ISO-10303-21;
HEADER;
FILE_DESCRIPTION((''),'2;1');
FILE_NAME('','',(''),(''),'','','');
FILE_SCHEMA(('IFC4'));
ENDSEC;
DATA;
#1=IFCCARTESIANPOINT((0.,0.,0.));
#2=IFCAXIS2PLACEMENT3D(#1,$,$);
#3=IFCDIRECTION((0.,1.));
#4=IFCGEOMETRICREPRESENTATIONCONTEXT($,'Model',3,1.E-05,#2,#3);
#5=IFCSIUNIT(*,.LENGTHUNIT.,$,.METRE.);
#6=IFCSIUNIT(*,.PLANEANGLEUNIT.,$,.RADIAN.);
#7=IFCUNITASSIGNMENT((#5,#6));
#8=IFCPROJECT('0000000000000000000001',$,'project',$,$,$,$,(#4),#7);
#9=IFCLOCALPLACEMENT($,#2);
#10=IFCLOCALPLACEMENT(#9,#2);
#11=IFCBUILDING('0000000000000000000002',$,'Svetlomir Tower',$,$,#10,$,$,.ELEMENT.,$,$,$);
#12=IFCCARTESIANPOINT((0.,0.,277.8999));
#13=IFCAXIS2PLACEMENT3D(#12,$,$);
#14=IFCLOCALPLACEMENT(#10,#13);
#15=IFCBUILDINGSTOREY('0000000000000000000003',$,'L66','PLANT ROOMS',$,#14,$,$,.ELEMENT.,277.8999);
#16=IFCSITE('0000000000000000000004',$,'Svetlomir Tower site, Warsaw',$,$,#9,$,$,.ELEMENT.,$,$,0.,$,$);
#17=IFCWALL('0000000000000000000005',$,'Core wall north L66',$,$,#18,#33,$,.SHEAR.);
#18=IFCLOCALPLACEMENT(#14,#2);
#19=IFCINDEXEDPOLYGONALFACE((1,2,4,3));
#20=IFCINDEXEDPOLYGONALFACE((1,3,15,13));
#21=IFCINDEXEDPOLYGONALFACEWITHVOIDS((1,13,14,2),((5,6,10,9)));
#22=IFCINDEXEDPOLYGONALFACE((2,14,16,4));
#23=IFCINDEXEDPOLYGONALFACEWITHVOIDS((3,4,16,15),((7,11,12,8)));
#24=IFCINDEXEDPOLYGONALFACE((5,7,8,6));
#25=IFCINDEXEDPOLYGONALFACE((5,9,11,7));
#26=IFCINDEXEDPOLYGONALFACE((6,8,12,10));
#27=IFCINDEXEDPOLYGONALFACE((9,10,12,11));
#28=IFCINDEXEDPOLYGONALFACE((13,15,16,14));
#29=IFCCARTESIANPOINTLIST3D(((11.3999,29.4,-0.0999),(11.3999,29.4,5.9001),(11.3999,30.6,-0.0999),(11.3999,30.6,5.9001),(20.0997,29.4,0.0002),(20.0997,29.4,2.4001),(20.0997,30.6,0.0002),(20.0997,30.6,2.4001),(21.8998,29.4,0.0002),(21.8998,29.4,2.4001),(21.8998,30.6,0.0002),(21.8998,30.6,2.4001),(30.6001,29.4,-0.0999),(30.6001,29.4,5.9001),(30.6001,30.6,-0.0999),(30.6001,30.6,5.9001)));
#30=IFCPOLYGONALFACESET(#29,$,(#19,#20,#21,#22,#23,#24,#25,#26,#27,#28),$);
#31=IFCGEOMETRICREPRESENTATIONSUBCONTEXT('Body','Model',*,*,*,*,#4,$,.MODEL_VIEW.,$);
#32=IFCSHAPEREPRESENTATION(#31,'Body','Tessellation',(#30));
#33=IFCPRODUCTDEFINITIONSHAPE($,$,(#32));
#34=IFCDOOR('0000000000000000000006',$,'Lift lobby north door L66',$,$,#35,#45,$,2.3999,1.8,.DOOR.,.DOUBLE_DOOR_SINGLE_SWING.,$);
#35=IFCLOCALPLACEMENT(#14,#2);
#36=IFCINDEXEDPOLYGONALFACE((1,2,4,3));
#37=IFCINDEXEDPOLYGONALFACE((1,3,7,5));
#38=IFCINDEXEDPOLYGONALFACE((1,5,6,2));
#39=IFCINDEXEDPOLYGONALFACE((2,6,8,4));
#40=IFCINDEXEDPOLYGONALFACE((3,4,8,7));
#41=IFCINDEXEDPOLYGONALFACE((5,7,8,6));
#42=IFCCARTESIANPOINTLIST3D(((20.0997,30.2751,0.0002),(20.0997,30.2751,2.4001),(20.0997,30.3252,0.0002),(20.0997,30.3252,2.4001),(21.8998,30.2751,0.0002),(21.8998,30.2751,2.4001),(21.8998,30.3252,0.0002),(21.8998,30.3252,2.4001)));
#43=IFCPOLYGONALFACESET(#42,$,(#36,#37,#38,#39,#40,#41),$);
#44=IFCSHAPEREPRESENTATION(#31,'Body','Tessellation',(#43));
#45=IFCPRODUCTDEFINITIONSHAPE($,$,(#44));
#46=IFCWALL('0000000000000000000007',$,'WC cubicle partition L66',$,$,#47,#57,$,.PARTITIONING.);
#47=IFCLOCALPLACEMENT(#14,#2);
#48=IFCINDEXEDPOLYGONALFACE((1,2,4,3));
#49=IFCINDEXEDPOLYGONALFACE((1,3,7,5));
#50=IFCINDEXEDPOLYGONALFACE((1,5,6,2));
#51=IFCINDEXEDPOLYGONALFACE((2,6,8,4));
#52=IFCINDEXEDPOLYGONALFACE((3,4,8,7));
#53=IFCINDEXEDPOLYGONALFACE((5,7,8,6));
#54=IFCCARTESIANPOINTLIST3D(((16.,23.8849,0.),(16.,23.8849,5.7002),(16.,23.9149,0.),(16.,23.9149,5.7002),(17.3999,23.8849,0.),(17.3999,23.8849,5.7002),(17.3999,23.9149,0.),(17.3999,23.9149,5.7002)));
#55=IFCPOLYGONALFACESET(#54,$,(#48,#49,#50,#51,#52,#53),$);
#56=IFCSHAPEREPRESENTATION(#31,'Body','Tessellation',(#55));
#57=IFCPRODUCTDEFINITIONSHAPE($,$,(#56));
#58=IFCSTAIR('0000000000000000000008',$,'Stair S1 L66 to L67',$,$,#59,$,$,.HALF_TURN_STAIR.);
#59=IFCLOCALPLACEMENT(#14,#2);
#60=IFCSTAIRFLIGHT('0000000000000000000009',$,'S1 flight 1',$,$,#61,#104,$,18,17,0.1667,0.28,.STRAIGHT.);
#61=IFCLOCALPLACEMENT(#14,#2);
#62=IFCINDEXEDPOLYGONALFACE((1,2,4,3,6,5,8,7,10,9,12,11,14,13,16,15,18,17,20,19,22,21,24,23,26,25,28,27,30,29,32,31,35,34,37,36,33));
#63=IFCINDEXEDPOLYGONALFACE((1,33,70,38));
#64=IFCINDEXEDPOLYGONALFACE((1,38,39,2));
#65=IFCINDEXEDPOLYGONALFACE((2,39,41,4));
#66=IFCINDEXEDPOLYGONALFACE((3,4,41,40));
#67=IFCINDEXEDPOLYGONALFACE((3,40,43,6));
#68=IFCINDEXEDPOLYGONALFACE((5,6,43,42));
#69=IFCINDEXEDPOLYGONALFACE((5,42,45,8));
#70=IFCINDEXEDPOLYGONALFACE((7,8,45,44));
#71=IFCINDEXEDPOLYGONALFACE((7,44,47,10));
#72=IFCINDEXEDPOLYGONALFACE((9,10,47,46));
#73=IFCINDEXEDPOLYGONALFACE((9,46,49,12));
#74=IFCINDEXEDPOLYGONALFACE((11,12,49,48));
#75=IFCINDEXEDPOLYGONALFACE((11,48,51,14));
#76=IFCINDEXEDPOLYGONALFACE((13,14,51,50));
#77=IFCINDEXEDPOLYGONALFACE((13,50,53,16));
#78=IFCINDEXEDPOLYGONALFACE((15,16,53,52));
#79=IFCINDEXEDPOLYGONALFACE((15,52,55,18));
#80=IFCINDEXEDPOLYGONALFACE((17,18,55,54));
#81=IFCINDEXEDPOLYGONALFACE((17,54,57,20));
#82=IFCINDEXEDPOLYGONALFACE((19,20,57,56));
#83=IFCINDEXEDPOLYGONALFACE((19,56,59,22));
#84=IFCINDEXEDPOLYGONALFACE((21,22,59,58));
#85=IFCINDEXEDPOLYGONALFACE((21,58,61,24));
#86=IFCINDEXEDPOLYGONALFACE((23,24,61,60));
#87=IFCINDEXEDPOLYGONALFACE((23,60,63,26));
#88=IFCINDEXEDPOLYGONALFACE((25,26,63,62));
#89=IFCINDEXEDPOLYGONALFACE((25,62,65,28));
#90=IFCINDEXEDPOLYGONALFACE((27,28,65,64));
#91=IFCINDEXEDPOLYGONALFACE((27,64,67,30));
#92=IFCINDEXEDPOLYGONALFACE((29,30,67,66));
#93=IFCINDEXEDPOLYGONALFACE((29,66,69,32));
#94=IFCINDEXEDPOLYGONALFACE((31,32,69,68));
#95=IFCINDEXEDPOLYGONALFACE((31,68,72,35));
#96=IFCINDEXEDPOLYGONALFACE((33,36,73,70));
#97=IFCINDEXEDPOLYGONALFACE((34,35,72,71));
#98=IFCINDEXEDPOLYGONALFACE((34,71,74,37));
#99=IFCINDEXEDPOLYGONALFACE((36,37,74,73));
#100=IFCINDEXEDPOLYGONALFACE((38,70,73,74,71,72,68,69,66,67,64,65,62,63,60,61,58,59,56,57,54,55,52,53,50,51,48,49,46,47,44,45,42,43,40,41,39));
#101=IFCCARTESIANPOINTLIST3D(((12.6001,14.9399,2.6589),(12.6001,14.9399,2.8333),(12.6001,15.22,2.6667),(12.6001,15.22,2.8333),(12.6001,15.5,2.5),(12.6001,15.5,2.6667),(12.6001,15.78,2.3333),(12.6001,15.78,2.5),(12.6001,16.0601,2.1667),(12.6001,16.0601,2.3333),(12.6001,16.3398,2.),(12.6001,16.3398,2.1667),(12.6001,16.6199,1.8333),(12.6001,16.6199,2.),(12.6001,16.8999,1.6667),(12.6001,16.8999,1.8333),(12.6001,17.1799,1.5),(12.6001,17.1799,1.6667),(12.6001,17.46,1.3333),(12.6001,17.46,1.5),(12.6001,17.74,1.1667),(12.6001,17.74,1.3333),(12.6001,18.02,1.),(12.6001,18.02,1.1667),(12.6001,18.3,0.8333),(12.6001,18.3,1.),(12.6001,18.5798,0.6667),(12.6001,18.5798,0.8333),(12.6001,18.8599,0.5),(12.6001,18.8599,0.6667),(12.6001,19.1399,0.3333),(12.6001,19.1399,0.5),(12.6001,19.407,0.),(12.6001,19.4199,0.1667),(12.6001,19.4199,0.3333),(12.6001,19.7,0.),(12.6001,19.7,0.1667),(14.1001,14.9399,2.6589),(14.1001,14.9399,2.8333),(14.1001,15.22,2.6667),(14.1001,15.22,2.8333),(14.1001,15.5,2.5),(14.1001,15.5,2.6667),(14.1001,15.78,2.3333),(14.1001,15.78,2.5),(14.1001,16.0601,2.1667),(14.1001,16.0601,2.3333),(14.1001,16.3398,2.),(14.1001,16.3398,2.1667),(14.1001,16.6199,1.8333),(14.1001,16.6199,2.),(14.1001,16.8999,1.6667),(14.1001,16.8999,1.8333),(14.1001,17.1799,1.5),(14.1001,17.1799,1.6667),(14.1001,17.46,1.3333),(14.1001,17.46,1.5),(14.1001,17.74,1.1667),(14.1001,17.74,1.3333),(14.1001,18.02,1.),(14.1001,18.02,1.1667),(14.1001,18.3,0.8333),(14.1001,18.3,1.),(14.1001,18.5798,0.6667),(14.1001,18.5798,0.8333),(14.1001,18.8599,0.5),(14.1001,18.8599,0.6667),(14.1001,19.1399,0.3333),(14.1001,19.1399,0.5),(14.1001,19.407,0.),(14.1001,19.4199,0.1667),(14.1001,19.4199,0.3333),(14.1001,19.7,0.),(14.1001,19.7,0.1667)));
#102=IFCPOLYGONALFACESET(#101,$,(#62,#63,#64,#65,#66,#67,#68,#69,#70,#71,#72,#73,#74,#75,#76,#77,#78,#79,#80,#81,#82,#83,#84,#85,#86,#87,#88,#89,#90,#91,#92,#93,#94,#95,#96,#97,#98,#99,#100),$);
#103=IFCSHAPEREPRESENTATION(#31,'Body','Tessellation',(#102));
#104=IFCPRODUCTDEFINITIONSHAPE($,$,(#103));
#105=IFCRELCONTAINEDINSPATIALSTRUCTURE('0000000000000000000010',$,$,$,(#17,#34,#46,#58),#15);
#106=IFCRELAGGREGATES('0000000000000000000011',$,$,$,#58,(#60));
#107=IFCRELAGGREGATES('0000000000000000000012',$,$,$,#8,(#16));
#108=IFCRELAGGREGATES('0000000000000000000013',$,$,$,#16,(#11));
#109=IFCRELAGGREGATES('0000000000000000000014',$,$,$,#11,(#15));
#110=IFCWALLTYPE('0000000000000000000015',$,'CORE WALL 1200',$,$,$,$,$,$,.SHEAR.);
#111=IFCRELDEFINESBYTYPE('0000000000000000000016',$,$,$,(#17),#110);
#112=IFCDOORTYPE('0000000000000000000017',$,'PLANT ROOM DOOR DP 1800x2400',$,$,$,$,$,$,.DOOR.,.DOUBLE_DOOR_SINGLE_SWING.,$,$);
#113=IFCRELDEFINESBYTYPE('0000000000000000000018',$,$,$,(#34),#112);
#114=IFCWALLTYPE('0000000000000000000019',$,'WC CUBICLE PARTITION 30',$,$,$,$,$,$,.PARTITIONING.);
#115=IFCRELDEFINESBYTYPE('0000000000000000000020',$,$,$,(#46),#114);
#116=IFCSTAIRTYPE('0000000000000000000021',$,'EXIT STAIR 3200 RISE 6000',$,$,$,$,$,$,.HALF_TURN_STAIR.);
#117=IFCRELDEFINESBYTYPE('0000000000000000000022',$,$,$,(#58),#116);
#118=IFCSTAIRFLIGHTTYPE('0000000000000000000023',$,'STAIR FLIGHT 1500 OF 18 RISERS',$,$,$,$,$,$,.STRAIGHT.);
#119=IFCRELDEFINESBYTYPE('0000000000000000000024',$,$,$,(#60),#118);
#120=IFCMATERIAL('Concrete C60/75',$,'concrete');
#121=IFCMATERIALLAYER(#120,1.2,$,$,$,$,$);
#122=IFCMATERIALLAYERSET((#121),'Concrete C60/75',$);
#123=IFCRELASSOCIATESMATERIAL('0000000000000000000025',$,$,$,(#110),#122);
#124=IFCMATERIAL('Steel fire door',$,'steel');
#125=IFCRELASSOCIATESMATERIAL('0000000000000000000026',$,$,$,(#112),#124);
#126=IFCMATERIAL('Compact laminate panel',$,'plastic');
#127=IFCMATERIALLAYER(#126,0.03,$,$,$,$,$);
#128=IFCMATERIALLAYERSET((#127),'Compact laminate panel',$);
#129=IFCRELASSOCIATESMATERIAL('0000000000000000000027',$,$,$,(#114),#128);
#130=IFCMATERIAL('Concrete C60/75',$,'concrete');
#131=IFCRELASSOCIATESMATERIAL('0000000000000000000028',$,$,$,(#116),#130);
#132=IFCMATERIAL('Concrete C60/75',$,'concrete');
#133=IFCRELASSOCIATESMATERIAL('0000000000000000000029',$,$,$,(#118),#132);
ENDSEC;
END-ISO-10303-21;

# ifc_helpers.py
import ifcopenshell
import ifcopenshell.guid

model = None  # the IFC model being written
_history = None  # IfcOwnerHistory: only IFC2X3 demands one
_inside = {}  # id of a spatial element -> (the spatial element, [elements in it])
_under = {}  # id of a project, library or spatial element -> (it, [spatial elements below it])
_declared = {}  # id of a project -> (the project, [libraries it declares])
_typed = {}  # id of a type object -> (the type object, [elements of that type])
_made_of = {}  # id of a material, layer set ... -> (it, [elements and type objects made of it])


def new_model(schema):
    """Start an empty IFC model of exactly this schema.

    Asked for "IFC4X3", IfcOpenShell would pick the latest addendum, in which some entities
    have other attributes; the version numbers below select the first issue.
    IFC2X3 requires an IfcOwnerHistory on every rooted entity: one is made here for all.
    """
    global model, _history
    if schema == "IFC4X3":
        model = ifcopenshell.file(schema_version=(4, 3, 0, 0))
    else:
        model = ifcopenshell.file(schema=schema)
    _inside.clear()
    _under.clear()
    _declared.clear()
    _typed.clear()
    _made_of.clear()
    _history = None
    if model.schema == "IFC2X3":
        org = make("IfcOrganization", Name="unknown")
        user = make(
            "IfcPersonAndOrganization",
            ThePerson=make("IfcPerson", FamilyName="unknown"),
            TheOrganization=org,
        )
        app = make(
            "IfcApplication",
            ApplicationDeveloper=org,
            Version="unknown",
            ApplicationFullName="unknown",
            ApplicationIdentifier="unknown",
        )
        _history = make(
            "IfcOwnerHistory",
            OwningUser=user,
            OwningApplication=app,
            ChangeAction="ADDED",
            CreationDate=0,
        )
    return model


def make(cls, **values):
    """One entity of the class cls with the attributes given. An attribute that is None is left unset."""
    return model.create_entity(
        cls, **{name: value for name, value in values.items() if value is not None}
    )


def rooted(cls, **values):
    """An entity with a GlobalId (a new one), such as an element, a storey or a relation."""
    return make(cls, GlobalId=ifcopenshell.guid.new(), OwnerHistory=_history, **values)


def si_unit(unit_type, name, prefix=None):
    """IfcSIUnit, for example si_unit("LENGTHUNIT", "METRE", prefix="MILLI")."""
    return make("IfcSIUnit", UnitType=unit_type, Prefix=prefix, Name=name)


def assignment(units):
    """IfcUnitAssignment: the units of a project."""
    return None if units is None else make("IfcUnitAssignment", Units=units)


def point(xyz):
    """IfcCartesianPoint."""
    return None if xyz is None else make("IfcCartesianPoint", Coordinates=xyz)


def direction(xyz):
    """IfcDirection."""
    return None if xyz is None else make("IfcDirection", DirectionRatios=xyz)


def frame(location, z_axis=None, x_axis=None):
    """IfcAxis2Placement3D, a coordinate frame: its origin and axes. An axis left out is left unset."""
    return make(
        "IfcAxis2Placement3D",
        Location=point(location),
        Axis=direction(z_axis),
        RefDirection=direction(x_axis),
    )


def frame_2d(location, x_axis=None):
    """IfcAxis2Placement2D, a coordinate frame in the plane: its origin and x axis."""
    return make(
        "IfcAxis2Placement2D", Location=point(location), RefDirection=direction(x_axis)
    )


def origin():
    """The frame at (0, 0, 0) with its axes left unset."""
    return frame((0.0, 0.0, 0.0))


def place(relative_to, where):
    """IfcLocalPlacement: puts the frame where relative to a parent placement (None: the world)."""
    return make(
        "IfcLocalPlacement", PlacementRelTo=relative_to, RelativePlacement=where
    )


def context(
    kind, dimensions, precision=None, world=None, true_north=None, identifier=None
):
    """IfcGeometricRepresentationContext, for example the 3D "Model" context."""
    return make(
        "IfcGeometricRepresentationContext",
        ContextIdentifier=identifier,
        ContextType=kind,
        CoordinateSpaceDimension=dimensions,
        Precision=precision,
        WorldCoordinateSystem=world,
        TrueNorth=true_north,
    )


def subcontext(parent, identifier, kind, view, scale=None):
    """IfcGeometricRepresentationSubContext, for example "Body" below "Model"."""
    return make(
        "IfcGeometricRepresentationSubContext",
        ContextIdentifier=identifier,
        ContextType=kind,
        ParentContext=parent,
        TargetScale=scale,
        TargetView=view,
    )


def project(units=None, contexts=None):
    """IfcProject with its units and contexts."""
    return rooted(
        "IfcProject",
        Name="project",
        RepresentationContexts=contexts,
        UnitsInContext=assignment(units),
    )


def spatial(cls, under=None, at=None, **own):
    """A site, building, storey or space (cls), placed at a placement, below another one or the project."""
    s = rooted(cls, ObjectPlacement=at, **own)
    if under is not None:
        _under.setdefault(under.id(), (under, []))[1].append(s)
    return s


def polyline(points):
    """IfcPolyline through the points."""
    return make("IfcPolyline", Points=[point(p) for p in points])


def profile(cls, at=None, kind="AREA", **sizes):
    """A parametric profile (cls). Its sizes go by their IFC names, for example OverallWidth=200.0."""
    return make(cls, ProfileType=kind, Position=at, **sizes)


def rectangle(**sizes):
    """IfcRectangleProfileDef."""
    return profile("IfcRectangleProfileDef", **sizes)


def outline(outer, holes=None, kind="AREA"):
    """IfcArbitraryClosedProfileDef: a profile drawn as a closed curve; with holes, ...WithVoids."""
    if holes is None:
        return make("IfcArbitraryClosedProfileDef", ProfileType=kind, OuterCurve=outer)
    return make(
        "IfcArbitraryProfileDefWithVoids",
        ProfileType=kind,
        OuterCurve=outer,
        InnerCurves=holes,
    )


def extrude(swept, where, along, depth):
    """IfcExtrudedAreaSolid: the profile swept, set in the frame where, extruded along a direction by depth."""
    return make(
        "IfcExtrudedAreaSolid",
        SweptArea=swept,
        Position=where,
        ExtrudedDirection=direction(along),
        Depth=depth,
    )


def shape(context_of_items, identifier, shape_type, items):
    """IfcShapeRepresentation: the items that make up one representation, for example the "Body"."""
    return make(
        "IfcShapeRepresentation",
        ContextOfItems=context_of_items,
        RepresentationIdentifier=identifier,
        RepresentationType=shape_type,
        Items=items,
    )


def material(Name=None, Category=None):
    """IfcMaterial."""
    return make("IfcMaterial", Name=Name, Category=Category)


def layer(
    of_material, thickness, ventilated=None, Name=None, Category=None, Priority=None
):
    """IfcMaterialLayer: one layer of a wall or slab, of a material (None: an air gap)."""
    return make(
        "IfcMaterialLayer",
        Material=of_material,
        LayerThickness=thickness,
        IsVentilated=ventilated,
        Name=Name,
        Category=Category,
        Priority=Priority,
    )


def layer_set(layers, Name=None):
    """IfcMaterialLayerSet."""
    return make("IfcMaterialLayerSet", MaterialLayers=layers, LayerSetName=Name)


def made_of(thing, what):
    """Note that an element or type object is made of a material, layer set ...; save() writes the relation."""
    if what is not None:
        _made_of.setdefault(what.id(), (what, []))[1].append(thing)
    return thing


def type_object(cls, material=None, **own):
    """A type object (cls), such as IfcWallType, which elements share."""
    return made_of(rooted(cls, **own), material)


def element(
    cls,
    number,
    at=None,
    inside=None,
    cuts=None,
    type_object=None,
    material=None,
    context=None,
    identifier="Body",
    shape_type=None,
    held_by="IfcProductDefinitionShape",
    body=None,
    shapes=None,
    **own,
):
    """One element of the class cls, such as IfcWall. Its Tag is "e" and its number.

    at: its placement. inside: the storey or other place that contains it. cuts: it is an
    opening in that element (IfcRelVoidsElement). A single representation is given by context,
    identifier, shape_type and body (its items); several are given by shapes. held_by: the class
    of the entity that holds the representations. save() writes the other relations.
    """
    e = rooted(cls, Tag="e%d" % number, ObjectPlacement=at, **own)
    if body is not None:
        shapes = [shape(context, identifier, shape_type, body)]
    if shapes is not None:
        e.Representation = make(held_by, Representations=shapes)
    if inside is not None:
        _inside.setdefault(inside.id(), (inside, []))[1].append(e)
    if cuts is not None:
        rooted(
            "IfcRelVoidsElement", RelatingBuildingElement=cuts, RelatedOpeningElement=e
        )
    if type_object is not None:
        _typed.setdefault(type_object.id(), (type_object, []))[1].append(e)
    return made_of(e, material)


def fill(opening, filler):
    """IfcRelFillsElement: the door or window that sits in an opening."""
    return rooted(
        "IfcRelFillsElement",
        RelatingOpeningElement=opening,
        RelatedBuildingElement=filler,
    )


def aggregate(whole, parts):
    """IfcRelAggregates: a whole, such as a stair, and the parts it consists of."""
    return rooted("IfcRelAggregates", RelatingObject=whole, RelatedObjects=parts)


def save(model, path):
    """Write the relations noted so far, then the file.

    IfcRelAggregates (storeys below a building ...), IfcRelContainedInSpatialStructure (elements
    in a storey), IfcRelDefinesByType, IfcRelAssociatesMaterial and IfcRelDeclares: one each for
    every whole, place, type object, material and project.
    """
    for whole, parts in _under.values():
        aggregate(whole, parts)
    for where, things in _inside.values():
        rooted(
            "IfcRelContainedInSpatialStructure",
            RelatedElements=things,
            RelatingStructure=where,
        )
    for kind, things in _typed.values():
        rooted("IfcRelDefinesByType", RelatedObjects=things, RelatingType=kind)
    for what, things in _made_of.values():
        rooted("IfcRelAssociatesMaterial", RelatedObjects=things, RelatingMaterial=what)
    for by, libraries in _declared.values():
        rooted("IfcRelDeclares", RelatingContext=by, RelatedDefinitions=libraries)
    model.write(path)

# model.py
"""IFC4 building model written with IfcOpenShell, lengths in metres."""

from ifc_helpers import new_model, si_unit, direction, frame, frame_2d, origin, place, context, subcontext, project, spatial, polyline, rectangle, outline, extrude, material, layer, layer_set, type_object, element, fill, aggregate, save


model = new_model("IFC4")

# Units and contexts
model_context = context("Model", 3, precision=1e-05, world=origin(), true_north=direction((0.0, 1.0)))
body_context = subcontext(model_context, "Body", "Model", "MODEL_VIEW")
ifc_project = project(units=[si_unit("LENGTHUNIT", "METRE"), si_unit("PLANEANGLEUNIT", "RADIAN")], contexts=[model_context])

# Site, building, storey
site_placement = place(None, origin())
site = spatial("IfcSite", under=ifc_project, at=site_placement, Name="Svetlomir Tower site, Warsaw", CompositionType="ELEMENT", RefElevation=0.0)
building_placement = place(site_placement, origin())
building = spatial("IfcBuilding", under=site, at=building_placement, Name="Svetlomir Tower", CompositionType="ELEMENT")
storey_placement = place(building_placement, frame((0.0, 0.0, 277.8999)))
storey = spatial("IfcBuildingStorey", under=building, at=storey_placement, Name="L66", Description="PLANT ROOMS", CompositionType="ELEMENT", Elevation=277.8999)

# Wall, opening, door
ifc_material_1 = material(Name="Concrete C60/75", Category="concrete")
ifc_layer_1 = layer(ifc_material_1, 1.2)
ifc_layer_set_1 = layer_set([ifc_layer_1], Name="Concrete C60/75")
wall_type_1 = type_object("IfcWallType", Name="CORE WALL 1200", PredefinedType="SHEAR", material=ifc_layer_set_1)
wall_1_placement = place(storey_placement, frame((11.3999, 30.0, -0.0999), z_axis=(0.0, 0.0, 1.0), x_axis=(1.0, 0.0, 0.0)))
wall_1 = element("IfcWall", 1, at=wall_1_placement, inside=storey, type_object=wall_type_1, Name="Core wall north L66", PredefinedType="SHEAR", context=body_context, shape_type="SweptSolid", body=[
    extrude(rectangle(XDim=19.2002, YDim=1.2, at=frame_2d((9.6001, 0.0))), origin(), (0.0, 0.0, 1.0), 6.0),
])
opening_1_placement = place(wall_1_placement, frame((8.7, 0.0, 0.1001)))
opening_1 = element("IfcOpeningElement", 2, at=opening_1_placement, cuts=wall_1, PredefinedType="OPENING", context=body_context, shape_type="SweptSolid", body=[
    extrude(rectangle(XDim=1.8, YDim=2.3999, at=frame_2d((0.8999, 1.2))), frame((0.0, 0.6099, 0.0), z_axis=(0.0, -1.0, 0.0), x_axis=(1.0, 0.0, 0.0)), (0.0, 0.0, 1.0), 1.22),
])
ifc_material_2 = material(Name="Steel fire door", Category="steel")
door_type_1 = type_object("IfcDoorType", Name="PLANT ROOM DOOR DP 1800x2400", OperationType="DOUBLE_DOOR_SINGLE_SWING", PredefinedType="DOOR", material=ifc_material_2)
door_1_placement = place(opening_1_placement, origin())
door_1 = element("IfcDoor", 3, at=door_1_placement, inside=storey, type_object=door_type_1, Name="Lift lobby north door L66", OperationType="DOUBLE_DOOR_SINGLE_SWING", OverallHeight=2.3999, OverallWidth=1.8, PredefinedType="DOOR", context=body_context, shape_type="SweptSolid", body=[
    extrude(rectangle(XDim=1.8, YDim=2.3999, at=frame_2d((0.8999, 1.2))), frame((0.0, 0.3252, 0.0), z_axis=(0.0, -1.0, 0.0), x_axis=(1.0, 0.0, 0.0)), (0.0, 0.0, 1.0), 0.05),
])
fill(opening_1, door_1)

# Wall
ifc_material_3 = material(Name="Compact laminate panel", Category="plastic")
ifc_layer_2 = layer(ifc_material_3, 0.03)
ifc_layer_set_2 = layer_set([ifc_layer_2], Name="Compact laminate panel")
wall_type_2 = type_object("IfcWallType", Name="WC CUBICLE PARTITION 30", PredefinedType="PARTITIONING", material=ifc_layer_set_2)
wall_2_placement = place(storey_placement, frame((16.0, 23.8999, 0.0), z_axis=(0.0, 0.0, 1.0), x_axis=(1.0, 0.0, 0.0)))
element("IfcWall", 4, at=wall_2_placement, inside=storey, type_object=wall_type_2, Name="WC cubicle partition L66", PredefinedType="PARTITIONING", context=body_context, shape_type="SweptSolid", body=[
    extrude(rectangle(XDim=1.3999, YDim=0.03, at=frame_2d((0.7, 0.0))), origin(), (0.0, 0.0, 1.0), 5.7002),
])

# Stair, stair flight
ifc_material_4 = material(Name="Concrete C60/75", Category="concrete")
stair_type = type_object("IfcStairType", Name="EXIT STAIR 3200 RISE 6000", PredefinedType="HALF_TURN_STAIR", material=ifc_material_4)
stair_placement = place(storey_placement, origin())
stair = element("IfcStair", 5, at=stair_placement, inside=storey, type_object=stair_type, Name="Stair S1 L66 to L67", PredefinedType="HALF_TURN_STAIR")
ifc_material_5 = material(Name="Concrete C60/75", Category="concrete")
stair_flight_type = type_object("IfcStairFlightType", Name="STAIR FLIGHT 1500 OF 18 RISERS", PredefinedType="STRAIGHT", material=ifc_material_5)
stair_flight_placement = place(storey_placement, frame((13.3501, 19.7, 0.0), z_axis=(0.0, 0.0, 1.0), x_axis=(0.0, -1.0, 0.0)))
stair_flight = element("IfcStairFlight", 6, at=stair_flight_placement, type_object=stair_flight_type, Name="S1 flight 1", NumberOfRisers=18, NumberOfTreads=17, PredefinedType="STRAIGHT", RiserHeight=0.1667, TreadLength=0.28, context=body_context, shape_type="SweptSolid", body=[
    extrude(outline(polyline([(0.0, 0.0), (0.0, 0.1667), (0.28, 0.1667), (0.28, 0.3333), (0.5601, 0.3333), (0.5601, 0.5), (0.8401, 0.5), (0.8401, 0.6667), (1.1201, 0.6667), (1.1201, 0.8333), (1.3999, 0.8333), (1.3999, 1.0), (1.6799, 1.0), (1.6799, 1.1667), (1.96, 1.1667), (1.96, 1.3333), (2.24, 1.3333), (2.24, 1.5), (2.52, 1.5), (2.52, 1.6667), (2.8, 1.6667), (2.8, 1.8333), (3.0801, 1.8333), (3.0801, 2.0), (3.3601, 2.0), (3.3601, 2.1667), (3.6399, 2.1667), (3.6399, 2.3333), (3.9199, 2.3333), (3.9199, 2.5), (4.2, 2.5), (4.2, 2.6667), (4.48, 2.6667), (4.48, 2.8333), (4.76, 2.8333), (4.76, 3.0), (4.76, 2.6589), (0.293, 0.0), (0.0, 0.0)])), frame((0.0, 0.75, 0.0), z_axis=(0.0, -1.0, 0.0), x_axis=(1.0, 0.0, 0.0)), (0.0, 0.0, 1.0), 1.5),
])
aggregate(stair, [stair_flight])

save(model, "model.ifc")
